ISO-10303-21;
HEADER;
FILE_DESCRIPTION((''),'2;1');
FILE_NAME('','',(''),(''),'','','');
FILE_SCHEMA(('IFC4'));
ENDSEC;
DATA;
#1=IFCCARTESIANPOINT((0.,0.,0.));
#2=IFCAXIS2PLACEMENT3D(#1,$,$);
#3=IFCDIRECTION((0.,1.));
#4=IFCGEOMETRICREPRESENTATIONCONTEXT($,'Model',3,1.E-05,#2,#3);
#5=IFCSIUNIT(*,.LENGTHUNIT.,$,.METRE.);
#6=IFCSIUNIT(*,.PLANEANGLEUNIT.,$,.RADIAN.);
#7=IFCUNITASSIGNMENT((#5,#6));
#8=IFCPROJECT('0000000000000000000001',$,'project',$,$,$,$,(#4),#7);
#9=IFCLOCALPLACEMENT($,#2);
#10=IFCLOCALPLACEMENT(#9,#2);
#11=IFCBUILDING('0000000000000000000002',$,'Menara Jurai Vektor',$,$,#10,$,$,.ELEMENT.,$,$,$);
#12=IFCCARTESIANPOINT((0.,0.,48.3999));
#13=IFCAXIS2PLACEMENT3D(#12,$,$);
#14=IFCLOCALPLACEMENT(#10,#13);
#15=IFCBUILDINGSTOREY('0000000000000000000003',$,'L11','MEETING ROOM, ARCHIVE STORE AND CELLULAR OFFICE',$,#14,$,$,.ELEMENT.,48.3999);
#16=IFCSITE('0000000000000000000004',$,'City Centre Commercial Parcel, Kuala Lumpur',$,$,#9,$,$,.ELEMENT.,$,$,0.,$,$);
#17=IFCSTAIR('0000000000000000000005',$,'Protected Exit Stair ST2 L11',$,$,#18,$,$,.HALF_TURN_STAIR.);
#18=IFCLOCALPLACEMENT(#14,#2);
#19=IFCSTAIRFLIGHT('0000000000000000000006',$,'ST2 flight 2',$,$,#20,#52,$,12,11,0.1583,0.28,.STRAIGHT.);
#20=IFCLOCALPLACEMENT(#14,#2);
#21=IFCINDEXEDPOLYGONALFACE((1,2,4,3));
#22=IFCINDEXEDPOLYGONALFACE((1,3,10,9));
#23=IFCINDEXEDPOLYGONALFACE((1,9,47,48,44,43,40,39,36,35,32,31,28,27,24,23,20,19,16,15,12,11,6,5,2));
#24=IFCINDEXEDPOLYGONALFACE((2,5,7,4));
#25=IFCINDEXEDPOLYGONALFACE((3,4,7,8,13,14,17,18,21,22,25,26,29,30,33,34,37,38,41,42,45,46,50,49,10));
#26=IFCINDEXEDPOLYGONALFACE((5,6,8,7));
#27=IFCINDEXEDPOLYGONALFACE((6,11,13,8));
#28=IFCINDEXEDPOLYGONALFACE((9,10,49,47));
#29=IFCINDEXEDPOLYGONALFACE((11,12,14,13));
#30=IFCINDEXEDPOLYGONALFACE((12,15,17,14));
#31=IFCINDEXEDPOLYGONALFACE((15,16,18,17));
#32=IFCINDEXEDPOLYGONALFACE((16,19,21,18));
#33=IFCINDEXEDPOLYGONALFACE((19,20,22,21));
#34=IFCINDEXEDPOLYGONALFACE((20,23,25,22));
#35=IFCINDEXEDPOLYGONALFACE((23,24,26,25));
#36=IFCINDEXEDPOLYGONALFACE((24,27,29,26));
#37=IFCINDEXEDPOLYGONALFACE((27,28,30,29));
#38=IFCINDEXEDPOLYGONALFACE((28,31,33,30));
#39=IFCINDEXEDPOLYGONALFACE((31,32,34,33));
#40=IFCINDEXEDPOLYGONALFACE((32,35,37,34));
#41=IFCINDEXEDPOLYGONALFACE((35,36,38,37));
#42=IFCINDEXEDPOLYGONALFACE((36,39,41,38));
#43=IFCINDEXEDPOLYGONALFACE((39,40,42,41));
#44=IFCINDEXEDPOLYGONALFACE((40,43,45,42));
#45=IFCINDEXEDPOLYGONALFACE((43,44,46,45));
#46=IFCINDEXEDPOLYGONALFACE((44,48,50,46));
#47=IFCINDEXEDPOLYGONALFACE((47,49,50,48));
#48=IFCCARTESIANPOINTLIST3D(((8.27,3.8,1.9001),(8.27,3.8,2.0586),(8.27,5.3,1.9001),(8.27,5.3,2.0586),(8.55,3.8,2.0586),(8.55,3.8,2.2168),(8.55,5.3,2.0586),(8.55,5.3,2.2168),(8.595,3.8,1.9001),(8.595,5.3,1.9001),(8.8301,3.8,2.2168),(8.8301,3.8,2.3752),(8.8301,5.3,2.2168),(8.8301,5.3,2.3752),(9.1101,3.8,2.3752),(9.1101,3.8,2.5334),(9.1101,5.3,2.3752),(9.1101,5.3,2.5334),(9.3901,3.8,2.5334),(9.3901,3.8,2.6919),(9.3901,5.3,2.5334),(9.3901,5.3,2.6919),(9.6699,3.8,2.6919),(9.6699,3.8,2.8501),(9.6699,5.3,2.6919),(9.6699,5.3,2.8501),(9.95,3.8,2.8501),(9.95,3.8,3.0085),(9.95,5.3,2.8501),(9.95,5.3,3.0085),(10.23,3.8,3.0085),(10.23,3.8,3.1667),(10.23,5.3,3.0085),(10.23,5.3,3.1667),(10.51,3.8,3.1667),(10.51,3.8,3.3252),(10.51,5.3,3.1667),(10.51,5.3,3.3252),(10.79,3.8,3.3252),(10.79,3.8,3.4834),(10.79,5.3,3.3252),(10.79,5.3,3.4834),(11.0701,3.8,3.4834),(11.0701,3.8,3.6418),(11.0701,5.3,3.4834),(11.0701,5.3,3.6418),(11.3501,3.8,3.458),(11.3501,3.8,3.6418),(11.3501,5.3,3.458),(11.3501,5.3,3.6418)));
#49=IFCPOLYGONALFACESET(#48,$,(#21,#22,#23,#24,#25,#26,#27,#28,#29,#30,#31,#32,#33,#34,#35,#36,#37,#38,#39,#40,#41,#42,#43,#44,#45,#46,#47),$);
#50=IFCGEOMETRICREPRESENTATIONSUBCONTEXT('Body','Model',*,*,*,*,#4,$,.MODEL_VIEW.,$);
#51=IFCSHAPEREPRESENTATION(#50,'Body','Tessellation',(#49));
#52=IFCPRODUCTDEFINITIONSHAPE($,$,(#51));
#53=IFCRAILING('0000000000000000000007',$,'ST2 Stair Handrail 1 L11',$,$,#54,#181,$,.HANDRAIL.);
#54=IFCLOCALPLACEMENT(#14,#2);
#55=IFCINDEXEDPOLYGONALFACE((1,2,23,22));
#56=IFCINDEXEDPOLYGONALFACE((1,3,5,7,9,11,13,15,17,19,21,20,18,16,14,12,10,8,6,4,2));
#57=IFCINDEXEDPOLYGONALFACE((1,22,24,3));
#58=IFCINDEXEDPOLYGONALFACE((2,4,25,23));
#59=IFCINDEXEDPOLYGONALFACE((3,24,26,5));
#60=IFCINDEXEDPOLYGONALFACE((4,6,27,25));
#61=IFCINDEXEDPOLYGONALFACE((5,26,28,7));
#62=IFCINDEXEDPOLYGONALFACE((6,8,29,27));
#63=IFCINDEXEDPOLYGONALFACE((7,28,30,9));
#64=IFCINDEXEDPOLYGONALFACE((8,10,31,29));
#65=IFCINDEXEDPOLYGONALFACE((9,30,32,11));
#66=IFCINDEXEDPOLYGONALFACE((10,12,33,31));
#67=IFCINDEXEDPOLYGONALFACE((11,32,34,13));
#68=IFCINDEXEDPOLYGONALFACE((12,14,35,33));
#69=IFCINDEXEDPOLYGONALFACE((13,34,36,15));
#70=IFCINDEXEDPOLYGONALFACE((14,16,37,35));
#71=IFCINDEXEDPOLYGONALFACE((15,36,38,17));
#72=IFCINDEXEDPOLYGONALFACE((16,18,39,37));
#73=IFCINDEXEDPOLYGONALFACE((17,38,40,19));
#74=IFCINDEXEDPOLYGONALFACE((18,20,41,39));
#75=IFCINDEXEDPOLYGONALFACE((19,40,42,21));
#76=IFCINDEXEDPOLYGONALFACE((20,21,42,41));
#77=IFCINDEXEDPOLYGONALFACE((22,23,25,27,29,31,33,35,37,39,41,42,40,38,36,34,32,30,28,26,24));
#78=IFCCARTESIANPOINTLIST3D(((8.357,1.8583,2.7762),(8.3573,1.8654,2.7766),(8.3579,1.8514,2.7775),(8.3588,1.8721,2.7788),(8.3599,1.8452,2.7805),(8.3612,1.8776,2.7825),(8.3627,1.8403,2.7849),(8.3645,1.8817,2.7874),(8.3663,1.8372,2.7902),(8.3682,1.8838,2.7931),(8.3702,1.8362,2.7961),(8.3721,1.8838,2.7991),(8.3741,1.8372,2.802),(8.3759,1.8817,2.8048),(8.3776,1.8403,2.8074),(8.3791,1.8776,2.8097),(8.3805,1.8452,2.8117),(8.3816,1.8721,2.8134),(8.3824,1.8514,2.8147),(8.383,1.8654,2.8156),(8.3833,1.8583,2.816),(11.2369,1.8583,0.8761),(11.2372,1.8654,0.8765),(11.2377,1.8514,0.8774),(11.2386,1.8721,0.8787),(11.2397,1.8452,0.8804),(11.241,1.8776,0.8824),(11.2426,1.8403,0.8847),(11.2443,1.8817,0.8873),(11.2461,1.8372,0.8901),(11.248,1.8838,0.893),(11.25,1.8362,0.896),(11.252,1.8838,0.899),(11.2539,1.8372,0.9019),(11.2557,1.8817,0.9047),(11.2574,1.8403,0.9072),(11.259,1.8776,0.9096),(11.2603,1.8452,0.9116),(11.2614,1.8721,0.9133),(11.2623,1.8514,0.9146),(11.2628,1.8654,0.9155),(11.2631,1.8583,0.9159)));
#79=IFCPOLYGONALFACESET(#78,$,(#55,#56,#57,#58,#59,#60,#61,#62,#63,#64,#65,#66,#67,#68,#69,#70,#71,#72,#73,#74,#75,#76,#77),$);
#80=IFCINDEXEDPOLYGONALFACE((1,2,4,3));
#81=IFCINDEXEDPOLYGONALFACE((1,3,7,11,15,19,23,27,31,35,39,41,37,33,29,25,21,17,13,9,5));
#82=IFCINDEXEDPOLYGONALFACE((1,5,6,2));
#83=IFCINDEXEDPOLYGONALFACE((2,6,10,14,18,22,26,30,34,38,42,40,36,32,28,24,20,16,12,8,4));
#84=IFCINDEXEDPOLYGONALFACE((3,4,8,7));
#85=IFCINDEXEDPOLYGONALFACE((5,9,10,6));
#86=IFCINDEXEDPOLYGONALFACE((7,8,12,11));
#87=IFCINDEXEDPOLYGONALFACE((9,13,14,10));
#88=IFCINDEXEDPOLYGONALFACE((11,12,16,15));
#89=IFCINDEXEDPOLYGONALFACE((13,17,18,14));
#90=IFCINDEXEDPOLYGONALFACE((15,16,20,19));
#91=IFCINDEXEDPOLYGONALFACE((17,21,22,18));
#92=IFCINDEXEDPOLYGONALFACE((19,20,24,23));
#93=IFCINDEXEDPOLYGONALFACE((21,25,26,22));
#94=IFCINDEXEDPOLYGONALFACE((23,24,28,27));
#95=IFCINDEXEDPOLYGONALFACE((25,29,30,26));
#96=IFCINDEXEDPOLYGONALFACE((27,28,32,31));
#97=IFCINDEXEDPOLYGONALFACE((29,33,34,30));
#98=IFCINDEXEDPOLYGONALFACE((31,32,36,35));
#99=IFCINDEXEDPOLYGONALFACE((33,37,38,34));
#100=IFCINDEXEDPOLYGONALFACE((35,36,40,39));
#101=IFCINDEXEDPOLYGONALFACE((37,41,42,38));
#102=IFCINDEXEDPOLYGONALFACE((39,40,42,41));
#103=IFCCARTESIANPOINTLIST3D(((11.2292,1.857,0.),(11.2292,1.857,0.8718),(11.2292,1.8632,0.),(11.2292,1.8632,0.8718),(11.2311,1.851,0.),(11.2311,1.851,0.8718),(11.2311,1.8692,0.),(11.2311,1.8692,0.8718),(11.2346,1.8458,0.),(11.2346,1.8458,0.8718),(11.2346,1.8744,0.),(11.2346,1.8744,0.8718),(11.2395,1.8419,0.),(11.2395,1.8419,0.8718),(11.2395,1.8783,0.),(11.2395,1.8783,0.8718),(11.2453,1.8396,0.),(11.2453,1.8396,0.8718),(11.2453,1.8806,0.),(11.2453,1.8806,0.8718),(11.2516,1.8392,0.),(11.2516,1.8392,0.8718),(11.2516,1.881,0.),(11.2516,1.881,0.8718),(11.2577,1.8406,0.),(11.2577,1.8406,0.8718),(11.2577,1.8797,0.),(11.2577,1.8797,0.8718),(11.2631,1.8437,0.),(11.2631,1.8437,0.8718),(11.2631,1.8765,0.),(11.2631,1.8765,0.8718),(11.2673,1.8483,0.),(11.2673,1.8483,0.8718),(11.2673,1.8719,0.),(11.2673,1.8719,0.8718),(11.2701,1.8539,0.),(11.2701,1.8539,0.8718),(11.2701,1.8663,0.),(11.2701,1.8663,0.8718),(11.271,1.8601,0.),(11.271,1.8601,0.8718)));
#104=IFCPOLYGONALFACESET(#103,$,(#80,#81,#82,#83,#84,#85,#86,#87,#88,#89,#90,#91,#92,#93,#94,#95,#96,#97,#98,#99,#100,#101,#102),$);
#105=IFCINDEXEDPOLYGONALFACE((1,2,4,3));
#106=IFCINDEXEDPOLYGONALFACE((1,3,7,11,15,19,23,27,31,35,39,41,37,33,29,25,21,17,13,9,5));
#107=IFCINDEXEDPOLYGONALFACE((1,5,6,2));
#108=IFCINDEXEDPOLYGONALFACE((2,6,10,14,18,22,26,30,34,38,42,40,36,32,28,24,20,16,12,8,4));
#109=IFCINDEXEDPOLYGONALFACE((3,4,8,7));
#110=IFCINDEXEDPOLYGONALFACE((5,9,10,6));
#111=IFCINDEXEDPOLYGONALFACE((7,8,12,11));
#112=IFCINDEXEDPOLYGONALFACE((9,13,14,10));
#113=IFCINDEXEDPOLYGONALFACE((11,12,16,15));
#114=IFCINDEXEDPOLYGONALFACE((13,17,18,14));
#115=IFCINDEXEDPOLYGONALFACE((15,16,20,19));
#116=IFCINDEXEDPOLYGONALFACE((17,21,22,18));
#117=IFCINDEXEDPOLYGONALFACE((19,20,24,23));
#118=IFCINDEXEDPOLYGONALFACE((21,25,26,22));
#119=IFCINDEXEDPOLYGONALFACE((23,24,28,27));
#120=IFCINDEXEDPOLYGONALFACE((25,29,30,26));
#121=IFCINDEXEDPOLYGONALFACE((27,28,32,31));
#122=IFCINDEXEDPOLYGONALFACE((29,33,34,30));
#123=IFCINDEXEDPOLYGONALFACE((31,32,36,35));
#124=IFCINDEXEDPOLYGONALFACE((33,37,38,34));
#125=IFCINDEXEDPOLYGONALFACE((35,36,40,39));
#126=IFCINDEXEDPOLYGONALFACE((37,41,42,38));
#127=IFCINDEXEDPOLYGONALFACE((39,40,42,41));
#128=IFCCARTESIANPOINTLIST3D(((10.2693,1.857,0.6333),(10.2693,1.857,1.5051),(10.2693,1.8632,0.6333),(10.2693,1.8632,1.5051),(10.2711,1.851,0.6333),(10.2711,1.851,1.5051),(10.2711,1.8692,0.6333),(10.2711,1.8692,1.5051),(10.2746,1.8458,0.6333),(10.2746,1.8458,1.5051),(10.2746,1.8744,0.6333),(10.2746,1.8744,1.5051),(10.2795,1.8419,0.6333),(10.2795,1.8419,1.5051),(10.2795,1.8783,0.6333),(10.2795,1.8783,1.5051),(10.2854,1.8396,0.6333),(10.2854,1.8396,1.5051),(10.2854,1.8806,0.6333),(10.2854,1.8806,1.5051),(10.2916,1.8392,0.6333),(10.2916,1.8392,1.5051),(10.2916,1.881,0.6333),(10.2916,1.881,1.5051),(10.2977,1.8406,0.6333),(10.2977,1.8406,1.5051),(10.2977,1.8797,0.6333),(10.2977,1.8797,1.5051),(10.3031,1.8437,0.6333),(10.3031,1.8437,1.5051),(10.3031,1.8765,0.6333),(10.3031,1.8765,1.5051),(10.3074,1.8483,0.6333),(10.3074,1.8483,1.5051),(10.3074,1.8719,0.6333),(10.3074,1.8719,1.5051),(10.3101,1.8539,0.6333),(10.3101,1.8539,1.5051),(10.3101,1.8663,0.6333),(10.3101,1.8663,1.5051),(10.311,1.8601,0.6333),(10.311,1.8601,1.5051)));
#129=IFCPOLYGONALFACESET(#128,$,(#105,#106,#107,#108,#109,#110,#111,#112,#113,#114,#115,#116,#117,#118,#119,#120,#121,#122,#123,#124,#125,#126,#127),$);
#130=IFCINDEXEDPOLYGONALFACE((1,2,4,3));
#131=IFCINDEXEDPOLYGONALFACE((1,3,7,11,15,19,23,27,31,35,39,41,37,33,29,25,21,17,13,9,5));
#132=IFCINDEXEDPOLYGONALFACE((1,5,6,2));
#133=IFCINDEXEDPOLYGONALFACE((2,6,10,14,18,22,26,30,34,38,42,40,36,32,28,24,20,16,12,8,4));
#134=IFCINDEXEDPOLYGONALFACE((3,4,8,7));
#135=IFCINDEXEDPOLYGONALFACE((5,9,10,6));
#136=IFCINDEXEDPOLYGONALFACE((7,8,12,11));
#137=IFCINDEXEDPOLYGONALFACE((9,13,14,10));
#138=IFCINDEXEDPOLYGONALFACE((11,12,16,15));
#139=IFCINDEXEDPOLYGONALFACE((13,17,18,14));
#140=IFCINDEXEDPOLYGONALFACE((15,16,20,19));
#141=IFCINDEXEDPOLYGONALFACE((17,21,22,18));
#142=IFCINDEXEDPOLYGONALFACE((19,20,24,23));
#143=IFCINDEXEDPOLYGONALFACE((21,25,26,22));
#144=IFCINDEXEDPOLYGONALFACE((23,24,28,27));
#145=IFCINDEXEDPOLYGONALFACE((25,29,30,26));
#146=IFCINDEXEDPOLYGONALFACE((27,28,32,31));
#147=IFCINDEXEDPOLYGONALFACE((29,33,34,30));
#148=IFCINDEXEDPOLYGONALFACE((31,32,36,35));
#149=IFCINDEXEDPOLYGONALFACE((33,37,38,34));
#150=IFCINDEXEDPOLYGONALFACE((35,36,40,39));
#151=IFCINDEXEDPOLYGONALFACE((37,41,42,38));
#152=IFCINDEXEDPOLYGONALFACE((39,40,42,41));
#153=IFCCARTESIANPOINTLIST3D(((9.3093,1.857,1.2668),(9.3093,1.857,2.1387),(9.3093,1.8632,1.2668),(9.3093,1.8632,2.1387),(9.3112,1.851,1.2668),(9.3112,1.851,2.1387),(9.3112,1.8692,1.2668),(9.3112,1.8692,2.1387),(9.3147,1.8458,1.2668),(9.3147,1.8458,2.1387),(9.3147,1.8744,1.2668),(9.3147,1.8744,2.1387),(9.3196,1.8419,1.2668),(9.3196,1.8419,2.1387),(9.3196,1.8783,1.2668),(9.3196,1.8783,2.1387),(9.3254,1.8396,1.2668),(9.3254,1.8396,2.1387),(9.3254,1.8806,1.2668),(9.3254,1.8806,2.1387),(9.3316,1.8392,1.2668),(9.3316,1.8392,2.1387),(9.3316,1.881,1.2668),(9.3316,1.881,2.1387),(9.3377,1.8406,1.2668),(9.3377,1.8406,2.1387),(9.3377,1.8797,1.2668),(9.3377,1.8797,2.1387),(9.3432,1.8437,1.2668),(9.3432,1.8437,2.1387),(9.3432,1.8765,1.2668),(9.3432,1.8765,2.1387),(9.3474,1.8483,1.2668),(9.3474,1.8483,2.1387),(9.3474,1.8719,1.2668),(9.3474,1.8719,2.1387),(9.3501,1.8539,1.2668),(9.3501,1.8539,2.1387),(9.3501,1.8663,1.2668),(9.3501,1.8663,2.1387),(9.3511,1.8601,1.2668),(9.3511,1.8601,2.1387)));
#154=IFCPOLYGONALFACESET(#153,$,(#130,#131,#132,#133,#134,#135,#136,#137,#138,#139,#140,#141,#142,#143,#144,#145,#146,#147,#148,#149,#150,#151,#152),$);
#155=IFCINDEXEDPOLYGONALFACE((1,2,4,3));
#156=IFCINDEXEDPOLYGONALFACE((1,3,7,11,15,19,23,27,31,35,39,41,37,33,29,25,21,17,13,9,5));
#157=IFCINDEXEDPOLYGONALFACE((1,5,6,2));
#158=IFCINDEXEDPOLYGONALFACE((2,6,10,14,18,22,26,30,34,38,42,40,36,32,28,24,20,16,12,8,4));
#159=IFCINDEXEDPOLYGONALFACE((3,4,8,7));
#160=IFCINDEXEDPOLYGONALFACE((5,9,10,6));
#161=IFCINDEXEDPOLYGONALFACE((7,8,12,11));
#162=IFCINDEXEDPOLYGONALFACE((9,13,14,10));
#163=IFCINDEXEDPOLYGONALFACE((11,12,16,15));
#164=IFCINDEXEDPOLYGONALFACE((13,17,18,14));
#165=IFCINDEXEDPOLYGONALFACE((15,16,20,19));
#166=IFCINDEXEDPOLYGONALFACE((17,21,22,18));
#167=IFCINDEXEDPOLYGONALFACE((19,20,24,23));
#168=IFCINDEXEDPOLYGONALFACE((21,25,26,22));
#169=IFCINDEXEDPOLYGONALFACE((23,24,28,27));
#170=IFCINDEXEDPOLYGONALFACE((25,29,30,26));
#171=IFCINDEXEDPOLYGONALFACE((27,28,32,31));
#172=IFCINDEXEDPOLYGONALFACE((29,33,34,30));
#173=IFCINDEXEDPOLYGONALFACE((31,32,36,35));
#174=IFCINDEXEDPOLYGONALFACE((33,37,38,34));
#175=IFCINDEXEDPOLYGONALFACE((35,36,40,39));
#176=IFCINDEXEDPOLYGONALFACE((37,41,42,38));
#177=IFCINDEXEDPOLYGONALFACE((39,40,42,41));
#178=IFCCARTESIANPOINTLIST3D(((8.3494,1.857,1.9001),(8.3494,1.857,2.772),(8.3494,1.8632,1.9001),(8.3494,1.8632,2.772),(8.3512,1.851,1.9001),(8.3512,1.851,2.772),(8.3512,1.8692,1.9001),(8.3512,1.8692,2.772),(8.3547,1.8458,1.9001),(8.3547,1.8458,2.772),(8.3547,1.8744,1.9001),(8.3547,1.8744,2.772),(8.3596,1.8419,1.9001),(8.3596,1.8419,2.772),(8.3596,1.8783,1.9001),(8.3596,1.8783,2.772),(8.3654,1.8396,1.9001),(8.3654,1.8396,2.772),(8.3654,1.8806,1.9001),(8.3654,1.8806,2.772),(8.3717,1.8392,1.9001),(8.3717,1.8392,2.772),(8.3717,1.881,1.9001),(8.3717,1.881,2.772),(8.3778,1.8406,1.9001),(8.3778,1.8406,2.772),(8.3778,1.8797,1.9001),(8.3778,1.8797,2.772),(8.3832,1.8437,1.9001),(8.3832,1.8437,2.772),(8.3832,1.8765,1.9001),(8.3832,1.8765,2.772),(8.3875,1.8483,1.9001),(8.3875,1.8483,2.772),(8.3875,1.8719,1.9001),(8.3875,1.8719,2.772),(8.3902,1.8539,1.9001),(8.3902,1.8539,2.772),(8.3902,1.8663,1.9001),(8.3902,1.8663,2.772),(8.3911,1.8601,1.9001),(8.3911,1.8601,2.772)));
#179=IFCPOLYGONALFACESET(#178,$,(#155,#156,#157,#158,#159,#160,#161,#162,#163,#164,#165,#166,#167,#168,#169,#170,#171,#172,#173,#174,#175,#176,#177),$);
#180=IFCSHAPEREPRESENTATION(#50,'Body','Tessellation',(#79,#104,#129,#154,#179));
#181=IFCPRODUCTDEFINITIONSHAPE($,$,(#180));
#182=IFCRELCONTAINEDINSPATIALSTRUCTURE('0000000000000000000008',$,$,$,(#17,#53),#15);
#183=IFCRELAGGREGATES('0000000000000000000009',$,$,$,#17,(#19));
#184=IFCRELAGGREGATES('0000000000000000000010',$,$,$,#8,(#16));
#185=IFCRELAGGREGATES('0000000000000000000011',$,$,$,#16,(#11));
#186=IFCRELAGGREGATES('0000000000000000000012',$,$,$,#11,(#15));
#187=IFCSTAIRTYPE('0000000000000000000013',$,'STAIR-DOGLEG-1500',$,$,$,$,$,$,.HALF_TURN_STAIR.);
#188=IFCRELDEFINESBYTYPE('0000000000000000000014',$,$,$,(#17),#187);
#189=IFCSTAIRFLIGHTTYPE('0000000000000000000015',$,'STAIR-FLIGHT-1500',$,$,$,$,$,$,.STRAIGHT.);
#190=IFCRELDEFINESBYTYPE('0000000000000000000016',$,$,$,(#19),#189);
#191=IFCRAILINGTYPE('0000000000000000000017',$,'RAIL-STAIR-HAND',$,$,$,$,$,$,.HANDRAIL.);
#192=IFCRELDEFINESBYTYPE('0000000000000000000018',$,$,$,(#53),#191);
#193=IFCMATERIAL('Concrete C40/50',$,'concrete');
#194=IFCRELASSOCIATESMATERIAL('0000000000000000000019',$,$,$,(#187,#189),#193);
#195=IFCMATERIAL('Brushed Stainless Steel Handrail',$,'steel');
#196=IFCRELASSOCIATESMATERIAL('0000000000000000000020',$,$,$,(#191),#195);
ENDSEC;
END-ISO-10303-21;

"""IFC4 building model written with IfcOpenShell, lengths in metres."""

from ifc_helpers import new_model, si_unit, direction, frame, origin, origin_2d, place, context, subcontext, project, spatial, polyline, circle, outline, extrude, material, type_object, element, aggregate, save


model = new_model("IFC4")

# Units and contexts
model_context = context("Model", 3, precision=1e-05, world=origin(), true_north=direction((0.0, 1.0)))
body_context = subcontext(model_context, "Body", "Model", "MODEL_VIEW")
ifc_project = project(units=[si_unit("LENGTHUNIT", "METRE"), si_unit("PLANEANGLEUNIT", "RADIAN")], contexts=[model_context])

# Site, building, storey
site_placement = place(None, origin())
site = spatial("IfcSite", under=ifc_project, at=site_placement, Name="City Centre Commercial Parcel, Kuala Lumpur", CompositionType="ELEMENT", RefElevation=0.0)
building_placement = place(site_placement, origin())
building = spatial("IfcBuilding", under=site, at=building_placement, Name="Menara Jurai Vektor", CompositionType="ELEMENT")
storey_placement = place(building_placement, frame((0.0, 0.0, 48.3999)))
storey = spatial("IfcBuildingStorey", under=building, at=storey_placement, Name="L11", Description="MEETING ROOM, ARCHIVE STORE AND CELLULAR OFFICE", CompositionType="ELEMENT", Elevation=48.3999)

# Shared definitions
ifc_material_1 = material(Name="Concrete C40/50", Category="concrete")

# Stair, stair flight
stair_type = type_object("IfcStairType", Name="STAIR-DOGLEG-1500", PredefinedType="HALF_TURN_STAIR", material=ifc_material_1)
stair_placement = place(storey_placement, origin())
stair = element("IfcStair", 1, at=stair_placement, inside=storey, type_object=stair_type, Name="Protected Exit Stair ST2 L11", PredefinedType="HALF_TURN_STAIR")
stair_flight_type = type_object("IfcStairFlightType", Name="STAIR-FLIGHT-1500", PredefinedType="STRAIGHT", material=ifc_material_1)
stair_flight_1_placement = place(storey_placement, frame((8.27, 4.55, 1.9001), z_axis=(0.0, 0.0, 1.0), x_axis=(1.0, 0.0, 0.0)))
stair_flight_1 = element("IfcStairFlight", 2, at=stair_flight_1_placement, type_object=stair_flight_type, Name="ST2 flight 2", NumberOfRisers=12, NumberOfTreads=11, PredefinedType="STRAIGHT", RiserHeight=0.1583, TreadLength=0.28, context=body_context, shape_type="SweptSolid", body=[
    extrude(outline(polyline([(0.0, 0.0), (0.0, 0.1584), (0.28, 0.1584), (0.28, 0.3167), (0.5601, 0.3167), (0.5601, 0.4751), (0.8401, 0.4751), (0.8401, 0.6333), (1.1201, 0.6333), (1.1201, 0.7917), (1.3999, 0.7917), (1.3999, 0.95), (1.6799, 0.95), (1.6799, 1.1084), (1.96, 1.1084), (1.96, 1.2666), (2.24, 1.2666), (2.24, 1.425), (2.52, 1.425), (2.52, 1.5833), (2.8, 1.5833), (2.8, 1.7417), (3.0801, 1.7417), (3.0801, 1.8999), (3.0801, 1.5579), (0.325, 0.0), (0.0, 0.0)])), frame((0.0, 0.75, 0.0), z_axis=(0.0, -1.0, 0.0), x_axis=(1.0, 0.0, 0.0)), (0.0, 0.0, 1.0), 1.5),
])
aggregate(stair, [stair_flight_1])

# Railing
ifc_material_2 = material(Name="Brushed Stainless Steel Handrail", Category="steel")
railing_type_1 = type_object("IfcRailingType", Name="RAIL-STAIR-HAND", PredefinedType="HANDRAIL", material=ifc_material_2)
railing_1_placement = place(storey_placement, frame((11.25, 1.8601, 0.0)))
element("IfcRailing", 3, at=railing_1_placement, inside=storey, type_object=railing_type_1, Name="ST2 Stair Handrail 1 L11", PredefinedType="HANDRAIL", context=body_context, shape_type="SweptSolid", body=[
    extrude(circle(Radius=0.0239, at=origin_2d()), frame((0.0, 0.0, 0.896), z_axis=(-0.834686, 0.0, 0.550726), x_axis=(0.0, -1.0, 0.0)), (0.0, 0.0, 1.0), 3.4502),
    extrude(circle(Radius=0.021, at=origin_2d()), origin(), (0.0, 0.0, 1.0), 0.8718),
    extrude(circle(Radius=0.021, at=origin_2d()), frame((-0.96, 0.0, 0.6333)), (0.0, 0.0, 1.0), 0.8718),
    extrude(circle(Radius=0.021, at=origin_2d()), frame((-1.9199, 0.0, 1.2668)), (0.0, 0.0, 1.0), 0.8718),
    extrude(circle(Radius=0.021, at=origin_2d()), frame((-2.8799, 0.0, 1.9001)), (0.0, 0.0, 1.0), 0.8718),
])

save(model, "model.ifc")
